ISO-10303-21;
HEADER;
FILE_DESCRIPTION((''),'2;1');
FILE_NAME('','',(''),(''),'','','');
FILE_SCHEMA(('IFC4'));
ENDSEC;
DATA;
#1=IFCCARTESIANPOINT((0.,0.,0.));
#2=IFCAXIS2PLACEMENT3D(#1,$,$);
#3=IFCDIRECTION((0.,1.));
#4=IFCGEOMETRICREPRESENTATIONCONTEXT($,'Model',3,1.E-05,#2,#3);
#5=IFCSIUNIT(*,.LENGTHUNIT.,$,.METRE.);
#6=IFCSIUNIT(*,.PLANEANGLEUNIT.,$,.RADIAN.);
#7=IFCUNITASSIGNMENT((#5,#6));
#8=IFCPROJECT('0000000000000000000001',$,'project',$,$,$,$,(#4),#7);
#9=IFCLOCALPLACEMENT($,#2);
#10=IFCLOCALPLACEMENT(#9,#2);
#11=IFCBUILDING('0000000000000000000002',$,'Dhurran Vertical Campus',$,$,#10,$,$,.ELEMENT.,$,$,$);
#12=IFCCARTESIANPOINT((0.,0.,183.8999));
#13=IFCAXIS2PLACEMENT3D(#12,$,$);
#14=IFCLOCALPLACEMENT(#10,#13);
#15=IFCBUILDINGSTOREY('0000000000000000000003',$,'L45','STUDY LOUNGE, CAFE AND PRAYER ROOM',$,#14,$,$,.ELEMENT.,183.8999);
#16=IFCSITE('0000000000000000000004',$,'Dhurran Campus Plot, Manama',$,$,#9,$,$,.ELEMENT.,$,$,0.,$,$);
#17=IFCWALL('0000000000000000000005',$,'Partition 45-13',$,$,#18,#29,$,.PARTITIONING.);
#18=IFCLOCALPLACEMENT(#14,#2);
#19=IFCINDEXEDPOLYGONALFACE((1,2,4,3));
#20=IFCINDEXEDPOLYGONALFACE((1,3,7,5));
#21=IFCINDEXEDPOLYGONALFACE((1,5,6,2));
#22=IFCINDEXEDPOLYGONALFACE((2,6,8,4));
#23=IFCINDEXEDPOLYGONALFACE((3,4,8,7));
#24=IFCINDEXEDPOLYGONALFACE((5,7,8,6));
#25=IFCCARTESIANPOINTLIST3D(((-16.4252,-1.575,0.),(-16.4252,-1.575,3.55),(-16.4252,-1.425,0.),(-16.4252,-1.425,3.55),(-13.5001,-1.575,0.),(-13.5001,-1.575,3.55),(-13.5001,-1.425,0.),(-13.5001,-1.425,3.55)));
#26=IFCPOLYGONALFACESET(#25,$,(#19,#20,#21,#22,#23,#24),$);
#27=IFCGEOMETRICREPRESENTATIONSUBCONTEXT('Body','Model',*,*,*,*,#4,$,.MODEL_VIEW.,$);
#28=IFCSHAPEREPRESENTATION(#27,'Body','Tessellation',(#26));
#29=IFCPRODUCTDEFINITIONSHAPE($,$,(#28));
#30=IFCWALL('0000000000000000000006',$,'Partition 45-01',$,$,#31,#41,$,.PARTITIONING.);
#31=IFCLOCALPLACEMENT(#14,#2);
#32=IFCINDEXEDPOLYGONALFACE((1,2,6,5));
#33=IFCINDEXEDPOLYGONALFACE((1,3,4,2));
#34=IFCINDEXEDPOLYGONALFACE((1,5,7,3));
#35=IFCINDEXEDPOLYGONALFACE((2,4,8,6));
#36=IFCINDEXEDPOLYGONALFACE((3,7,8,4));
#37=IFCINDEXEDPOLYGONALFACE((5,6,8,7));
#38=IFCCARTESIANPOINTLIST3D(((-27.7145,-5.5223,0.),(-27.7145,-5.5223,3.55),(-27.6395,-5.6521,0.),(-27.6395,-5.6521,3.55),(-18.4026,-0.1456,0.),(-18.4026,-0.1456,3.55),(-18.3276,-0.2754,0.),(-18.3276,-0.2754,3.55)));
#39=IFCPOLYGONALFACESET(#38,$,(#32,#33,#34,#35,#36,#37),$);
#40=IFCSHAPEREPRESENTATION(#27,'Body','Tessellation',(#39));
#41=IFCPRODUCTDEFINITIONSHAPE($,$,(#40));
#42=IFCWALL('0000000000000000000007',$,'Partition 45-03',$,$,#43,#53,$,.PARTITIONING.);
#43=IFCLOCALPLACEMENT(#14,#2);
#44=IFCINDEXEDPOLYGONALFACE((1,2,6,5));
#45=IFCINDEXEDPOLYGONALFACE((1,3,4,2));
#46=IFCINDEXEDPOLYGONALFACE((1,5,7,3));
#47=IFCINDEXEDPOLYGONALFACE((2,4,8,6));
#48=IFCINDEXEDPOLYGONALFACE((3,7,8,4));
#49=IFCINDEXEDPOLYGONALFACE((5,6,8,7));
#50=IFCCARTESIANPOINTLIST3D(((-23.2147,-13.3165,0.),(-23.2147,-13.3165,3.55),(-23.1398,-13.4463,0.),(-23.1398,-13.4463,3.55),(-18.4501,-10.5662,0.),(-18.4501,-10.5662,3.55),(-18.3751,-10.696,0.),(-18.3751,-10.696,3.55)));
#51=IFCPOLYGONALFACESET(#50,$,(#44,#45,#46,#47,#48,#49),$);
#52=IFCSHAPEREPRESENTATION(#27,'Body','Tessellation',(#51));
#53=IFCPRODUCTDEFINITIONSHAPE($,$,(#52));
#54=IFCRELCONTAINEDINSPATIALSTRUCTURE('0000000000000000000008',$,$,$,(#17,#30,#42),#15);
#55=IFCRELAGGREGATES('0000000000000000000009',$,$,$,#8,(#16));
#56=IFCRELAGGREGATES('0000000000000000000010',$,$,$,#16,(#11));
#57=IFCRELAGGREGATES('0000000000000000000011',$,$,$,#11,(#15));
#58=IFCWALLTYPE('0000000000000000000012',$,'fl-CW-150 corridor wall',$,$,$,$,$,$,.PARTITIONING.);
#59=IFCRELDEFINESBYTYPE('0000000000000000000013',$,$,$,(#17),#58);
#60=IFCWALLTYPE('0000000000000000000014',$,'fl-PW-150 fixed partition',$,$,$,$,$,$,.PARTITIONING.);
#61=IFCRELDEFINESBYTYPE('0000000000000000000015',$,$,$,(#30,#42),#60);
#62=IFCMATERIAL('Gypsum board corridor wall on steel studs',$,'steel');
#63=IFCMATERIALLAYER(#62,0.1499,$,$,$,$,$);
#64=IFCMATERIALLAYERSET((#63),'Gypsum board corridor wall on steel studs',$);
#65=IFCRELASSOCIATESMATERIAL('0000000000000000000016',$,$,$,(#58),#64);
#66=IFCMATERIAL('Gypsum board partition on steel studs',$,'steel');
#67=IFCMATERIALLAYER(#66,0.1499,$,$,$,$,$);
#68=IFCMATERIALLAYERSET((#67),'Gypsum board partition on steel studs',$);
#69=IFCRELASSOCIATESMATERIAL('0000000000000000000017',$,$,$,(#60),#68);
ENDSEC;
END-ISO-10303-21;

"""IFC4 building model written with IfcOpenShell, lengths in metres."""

from ifc_helpers import new_model, si_unit, direction, frame, frame_2d, origin, place, context, subcontext, project, spatial, rectangle, extrude, material, layer, layer_set, type_object, element, save


model = new_model("IFC4")

# Units and contexts
model_context = context("Model", 3, precision=1e-05, world=origin(), true_north=direction((0.0, 1.0)))
body_context = subcontext(model_context, "Body", "Model", "MODEL_VIEW")
ifc_project = project(units=[si_unit("LENGTHUNIT", "METRE"), si_unit("PLANEANGLEUNIT", "RADIAN")], contexts=[model_context])

# Site, building, storey
site_placement = place(None, origin())
site = spatial("IfcSite", under=ifc_project, at=site_placement, Name="Dhurran Campus Plot, Manama", CompositionType="ELEMENT", RefElevation=0.0)
building_placement = place(site_placement, origin())
building = spatial("IfcBuilding", under=site, at=building_placement, Name="Dhurran Vertical Campus", CompositionType="ELEMENT")
storey_placement = place(building_placement, frame((0.0, 0.0, 183.8999)))
storey = spatial("IfcBuildingStorey", under=building, at=storey_placement, Name="L45", Description="STUDY LOUNGE, CAFE AND PRAYER ROOM", CompositionType="ELEMENT", Elevation=183.8999)

# Shared definitions
ifc_material_1 = material(Name="Gypsum board corridor wall on steel studs", Category="steel")
ifc_layer_1 = layer(ifc_material_1, 0.1499)
ifc_layer_set_1 = layer_set([ifc_layer_1], Name="Gypsum board corridor wall on steel studs")
wall_type_1 = type_object("IfcWallType", Name="fl-CW-150 corridor wall", PredefinedType="PARTITIONING", material=ifc_layer_set_1)

# Walls
wall_1_placement = place(storey_placement, frame((-16.425, -1.5, 0.0), z_axis=(0.0, 0.0, 1.0), x_axis=(1.0, 0.0, 0.0)))
element("IfcWall", 1, at=wall_1_placement, inside=storey, type_object=wall_type_1, Name="Partition 45-13", PredefinedType="PARTITIONING", context=body_context, shape_type="SweptSolid", body=[
    extrude(rectangle(XDim=2.925, YDim=0.1499, at=frame_2d((1.4624, 0.0))), origin(), (0.0, 0.0, 1.0), 3.55),
])
ifc_material_2 = material(Name="Gypsum board partition on steel studs", Category="steel")
ifc_layer_2 = layer(ifc_material_2, 0.1499)
ifc_layer_set_2 = layer_set([ifc_layer_2], Name="Gypsum board partition on steel studs")
wall_type_2 = type_object("IfcWallType", Name="fl-PW-150 fixed partition", PredefinedType="PARTITIONING", material=ifc_layer_set_2)
wall_2_placement = place(storey_placement, frame((-18.365, -0.2104, 0.0), z_axis=(0.0, 0.0, 1.0), x_axis=(-0.866009, -0.500029, 0.0)))
element("IfcWall", 2, at=wall_2_placement, inside=storey, type_object=wall_type_2, Name="Partition 45-01", PredefinedType="PARTITIONING", context=body_context, shape_type="SweptSolid", body=[
    extrude(rectangle(XDim=10.7527, YDim=0.1499, at=frame_2d((5.3765, 0.0))), origin(), (0.0, 0.0, 1.0), 3.55),
])
wall_3_placement = place(storey_placement, frame((-18.4126, -10.6311, 0.0), z_axis=(0.0, 0.0, 1.0), x_axis=(-0.866075, -0.499915, 0.0)))
element("IfcWall", 3, at=wall_3_placement, inside=storey, type_object=wall_type_2, Name="Partition 45-03", PredefinedType="PARTITIONING", context=body_context, shape_type="SweptSolid", body=[
    extrude(rectangle(XDim=5.5015, YDim=0.1499, at=frame_2d((2.7507, 0.0))), origin(), (0.0, 0.0, 1.0), 3.55),
])

save(model, "model.ifc")
